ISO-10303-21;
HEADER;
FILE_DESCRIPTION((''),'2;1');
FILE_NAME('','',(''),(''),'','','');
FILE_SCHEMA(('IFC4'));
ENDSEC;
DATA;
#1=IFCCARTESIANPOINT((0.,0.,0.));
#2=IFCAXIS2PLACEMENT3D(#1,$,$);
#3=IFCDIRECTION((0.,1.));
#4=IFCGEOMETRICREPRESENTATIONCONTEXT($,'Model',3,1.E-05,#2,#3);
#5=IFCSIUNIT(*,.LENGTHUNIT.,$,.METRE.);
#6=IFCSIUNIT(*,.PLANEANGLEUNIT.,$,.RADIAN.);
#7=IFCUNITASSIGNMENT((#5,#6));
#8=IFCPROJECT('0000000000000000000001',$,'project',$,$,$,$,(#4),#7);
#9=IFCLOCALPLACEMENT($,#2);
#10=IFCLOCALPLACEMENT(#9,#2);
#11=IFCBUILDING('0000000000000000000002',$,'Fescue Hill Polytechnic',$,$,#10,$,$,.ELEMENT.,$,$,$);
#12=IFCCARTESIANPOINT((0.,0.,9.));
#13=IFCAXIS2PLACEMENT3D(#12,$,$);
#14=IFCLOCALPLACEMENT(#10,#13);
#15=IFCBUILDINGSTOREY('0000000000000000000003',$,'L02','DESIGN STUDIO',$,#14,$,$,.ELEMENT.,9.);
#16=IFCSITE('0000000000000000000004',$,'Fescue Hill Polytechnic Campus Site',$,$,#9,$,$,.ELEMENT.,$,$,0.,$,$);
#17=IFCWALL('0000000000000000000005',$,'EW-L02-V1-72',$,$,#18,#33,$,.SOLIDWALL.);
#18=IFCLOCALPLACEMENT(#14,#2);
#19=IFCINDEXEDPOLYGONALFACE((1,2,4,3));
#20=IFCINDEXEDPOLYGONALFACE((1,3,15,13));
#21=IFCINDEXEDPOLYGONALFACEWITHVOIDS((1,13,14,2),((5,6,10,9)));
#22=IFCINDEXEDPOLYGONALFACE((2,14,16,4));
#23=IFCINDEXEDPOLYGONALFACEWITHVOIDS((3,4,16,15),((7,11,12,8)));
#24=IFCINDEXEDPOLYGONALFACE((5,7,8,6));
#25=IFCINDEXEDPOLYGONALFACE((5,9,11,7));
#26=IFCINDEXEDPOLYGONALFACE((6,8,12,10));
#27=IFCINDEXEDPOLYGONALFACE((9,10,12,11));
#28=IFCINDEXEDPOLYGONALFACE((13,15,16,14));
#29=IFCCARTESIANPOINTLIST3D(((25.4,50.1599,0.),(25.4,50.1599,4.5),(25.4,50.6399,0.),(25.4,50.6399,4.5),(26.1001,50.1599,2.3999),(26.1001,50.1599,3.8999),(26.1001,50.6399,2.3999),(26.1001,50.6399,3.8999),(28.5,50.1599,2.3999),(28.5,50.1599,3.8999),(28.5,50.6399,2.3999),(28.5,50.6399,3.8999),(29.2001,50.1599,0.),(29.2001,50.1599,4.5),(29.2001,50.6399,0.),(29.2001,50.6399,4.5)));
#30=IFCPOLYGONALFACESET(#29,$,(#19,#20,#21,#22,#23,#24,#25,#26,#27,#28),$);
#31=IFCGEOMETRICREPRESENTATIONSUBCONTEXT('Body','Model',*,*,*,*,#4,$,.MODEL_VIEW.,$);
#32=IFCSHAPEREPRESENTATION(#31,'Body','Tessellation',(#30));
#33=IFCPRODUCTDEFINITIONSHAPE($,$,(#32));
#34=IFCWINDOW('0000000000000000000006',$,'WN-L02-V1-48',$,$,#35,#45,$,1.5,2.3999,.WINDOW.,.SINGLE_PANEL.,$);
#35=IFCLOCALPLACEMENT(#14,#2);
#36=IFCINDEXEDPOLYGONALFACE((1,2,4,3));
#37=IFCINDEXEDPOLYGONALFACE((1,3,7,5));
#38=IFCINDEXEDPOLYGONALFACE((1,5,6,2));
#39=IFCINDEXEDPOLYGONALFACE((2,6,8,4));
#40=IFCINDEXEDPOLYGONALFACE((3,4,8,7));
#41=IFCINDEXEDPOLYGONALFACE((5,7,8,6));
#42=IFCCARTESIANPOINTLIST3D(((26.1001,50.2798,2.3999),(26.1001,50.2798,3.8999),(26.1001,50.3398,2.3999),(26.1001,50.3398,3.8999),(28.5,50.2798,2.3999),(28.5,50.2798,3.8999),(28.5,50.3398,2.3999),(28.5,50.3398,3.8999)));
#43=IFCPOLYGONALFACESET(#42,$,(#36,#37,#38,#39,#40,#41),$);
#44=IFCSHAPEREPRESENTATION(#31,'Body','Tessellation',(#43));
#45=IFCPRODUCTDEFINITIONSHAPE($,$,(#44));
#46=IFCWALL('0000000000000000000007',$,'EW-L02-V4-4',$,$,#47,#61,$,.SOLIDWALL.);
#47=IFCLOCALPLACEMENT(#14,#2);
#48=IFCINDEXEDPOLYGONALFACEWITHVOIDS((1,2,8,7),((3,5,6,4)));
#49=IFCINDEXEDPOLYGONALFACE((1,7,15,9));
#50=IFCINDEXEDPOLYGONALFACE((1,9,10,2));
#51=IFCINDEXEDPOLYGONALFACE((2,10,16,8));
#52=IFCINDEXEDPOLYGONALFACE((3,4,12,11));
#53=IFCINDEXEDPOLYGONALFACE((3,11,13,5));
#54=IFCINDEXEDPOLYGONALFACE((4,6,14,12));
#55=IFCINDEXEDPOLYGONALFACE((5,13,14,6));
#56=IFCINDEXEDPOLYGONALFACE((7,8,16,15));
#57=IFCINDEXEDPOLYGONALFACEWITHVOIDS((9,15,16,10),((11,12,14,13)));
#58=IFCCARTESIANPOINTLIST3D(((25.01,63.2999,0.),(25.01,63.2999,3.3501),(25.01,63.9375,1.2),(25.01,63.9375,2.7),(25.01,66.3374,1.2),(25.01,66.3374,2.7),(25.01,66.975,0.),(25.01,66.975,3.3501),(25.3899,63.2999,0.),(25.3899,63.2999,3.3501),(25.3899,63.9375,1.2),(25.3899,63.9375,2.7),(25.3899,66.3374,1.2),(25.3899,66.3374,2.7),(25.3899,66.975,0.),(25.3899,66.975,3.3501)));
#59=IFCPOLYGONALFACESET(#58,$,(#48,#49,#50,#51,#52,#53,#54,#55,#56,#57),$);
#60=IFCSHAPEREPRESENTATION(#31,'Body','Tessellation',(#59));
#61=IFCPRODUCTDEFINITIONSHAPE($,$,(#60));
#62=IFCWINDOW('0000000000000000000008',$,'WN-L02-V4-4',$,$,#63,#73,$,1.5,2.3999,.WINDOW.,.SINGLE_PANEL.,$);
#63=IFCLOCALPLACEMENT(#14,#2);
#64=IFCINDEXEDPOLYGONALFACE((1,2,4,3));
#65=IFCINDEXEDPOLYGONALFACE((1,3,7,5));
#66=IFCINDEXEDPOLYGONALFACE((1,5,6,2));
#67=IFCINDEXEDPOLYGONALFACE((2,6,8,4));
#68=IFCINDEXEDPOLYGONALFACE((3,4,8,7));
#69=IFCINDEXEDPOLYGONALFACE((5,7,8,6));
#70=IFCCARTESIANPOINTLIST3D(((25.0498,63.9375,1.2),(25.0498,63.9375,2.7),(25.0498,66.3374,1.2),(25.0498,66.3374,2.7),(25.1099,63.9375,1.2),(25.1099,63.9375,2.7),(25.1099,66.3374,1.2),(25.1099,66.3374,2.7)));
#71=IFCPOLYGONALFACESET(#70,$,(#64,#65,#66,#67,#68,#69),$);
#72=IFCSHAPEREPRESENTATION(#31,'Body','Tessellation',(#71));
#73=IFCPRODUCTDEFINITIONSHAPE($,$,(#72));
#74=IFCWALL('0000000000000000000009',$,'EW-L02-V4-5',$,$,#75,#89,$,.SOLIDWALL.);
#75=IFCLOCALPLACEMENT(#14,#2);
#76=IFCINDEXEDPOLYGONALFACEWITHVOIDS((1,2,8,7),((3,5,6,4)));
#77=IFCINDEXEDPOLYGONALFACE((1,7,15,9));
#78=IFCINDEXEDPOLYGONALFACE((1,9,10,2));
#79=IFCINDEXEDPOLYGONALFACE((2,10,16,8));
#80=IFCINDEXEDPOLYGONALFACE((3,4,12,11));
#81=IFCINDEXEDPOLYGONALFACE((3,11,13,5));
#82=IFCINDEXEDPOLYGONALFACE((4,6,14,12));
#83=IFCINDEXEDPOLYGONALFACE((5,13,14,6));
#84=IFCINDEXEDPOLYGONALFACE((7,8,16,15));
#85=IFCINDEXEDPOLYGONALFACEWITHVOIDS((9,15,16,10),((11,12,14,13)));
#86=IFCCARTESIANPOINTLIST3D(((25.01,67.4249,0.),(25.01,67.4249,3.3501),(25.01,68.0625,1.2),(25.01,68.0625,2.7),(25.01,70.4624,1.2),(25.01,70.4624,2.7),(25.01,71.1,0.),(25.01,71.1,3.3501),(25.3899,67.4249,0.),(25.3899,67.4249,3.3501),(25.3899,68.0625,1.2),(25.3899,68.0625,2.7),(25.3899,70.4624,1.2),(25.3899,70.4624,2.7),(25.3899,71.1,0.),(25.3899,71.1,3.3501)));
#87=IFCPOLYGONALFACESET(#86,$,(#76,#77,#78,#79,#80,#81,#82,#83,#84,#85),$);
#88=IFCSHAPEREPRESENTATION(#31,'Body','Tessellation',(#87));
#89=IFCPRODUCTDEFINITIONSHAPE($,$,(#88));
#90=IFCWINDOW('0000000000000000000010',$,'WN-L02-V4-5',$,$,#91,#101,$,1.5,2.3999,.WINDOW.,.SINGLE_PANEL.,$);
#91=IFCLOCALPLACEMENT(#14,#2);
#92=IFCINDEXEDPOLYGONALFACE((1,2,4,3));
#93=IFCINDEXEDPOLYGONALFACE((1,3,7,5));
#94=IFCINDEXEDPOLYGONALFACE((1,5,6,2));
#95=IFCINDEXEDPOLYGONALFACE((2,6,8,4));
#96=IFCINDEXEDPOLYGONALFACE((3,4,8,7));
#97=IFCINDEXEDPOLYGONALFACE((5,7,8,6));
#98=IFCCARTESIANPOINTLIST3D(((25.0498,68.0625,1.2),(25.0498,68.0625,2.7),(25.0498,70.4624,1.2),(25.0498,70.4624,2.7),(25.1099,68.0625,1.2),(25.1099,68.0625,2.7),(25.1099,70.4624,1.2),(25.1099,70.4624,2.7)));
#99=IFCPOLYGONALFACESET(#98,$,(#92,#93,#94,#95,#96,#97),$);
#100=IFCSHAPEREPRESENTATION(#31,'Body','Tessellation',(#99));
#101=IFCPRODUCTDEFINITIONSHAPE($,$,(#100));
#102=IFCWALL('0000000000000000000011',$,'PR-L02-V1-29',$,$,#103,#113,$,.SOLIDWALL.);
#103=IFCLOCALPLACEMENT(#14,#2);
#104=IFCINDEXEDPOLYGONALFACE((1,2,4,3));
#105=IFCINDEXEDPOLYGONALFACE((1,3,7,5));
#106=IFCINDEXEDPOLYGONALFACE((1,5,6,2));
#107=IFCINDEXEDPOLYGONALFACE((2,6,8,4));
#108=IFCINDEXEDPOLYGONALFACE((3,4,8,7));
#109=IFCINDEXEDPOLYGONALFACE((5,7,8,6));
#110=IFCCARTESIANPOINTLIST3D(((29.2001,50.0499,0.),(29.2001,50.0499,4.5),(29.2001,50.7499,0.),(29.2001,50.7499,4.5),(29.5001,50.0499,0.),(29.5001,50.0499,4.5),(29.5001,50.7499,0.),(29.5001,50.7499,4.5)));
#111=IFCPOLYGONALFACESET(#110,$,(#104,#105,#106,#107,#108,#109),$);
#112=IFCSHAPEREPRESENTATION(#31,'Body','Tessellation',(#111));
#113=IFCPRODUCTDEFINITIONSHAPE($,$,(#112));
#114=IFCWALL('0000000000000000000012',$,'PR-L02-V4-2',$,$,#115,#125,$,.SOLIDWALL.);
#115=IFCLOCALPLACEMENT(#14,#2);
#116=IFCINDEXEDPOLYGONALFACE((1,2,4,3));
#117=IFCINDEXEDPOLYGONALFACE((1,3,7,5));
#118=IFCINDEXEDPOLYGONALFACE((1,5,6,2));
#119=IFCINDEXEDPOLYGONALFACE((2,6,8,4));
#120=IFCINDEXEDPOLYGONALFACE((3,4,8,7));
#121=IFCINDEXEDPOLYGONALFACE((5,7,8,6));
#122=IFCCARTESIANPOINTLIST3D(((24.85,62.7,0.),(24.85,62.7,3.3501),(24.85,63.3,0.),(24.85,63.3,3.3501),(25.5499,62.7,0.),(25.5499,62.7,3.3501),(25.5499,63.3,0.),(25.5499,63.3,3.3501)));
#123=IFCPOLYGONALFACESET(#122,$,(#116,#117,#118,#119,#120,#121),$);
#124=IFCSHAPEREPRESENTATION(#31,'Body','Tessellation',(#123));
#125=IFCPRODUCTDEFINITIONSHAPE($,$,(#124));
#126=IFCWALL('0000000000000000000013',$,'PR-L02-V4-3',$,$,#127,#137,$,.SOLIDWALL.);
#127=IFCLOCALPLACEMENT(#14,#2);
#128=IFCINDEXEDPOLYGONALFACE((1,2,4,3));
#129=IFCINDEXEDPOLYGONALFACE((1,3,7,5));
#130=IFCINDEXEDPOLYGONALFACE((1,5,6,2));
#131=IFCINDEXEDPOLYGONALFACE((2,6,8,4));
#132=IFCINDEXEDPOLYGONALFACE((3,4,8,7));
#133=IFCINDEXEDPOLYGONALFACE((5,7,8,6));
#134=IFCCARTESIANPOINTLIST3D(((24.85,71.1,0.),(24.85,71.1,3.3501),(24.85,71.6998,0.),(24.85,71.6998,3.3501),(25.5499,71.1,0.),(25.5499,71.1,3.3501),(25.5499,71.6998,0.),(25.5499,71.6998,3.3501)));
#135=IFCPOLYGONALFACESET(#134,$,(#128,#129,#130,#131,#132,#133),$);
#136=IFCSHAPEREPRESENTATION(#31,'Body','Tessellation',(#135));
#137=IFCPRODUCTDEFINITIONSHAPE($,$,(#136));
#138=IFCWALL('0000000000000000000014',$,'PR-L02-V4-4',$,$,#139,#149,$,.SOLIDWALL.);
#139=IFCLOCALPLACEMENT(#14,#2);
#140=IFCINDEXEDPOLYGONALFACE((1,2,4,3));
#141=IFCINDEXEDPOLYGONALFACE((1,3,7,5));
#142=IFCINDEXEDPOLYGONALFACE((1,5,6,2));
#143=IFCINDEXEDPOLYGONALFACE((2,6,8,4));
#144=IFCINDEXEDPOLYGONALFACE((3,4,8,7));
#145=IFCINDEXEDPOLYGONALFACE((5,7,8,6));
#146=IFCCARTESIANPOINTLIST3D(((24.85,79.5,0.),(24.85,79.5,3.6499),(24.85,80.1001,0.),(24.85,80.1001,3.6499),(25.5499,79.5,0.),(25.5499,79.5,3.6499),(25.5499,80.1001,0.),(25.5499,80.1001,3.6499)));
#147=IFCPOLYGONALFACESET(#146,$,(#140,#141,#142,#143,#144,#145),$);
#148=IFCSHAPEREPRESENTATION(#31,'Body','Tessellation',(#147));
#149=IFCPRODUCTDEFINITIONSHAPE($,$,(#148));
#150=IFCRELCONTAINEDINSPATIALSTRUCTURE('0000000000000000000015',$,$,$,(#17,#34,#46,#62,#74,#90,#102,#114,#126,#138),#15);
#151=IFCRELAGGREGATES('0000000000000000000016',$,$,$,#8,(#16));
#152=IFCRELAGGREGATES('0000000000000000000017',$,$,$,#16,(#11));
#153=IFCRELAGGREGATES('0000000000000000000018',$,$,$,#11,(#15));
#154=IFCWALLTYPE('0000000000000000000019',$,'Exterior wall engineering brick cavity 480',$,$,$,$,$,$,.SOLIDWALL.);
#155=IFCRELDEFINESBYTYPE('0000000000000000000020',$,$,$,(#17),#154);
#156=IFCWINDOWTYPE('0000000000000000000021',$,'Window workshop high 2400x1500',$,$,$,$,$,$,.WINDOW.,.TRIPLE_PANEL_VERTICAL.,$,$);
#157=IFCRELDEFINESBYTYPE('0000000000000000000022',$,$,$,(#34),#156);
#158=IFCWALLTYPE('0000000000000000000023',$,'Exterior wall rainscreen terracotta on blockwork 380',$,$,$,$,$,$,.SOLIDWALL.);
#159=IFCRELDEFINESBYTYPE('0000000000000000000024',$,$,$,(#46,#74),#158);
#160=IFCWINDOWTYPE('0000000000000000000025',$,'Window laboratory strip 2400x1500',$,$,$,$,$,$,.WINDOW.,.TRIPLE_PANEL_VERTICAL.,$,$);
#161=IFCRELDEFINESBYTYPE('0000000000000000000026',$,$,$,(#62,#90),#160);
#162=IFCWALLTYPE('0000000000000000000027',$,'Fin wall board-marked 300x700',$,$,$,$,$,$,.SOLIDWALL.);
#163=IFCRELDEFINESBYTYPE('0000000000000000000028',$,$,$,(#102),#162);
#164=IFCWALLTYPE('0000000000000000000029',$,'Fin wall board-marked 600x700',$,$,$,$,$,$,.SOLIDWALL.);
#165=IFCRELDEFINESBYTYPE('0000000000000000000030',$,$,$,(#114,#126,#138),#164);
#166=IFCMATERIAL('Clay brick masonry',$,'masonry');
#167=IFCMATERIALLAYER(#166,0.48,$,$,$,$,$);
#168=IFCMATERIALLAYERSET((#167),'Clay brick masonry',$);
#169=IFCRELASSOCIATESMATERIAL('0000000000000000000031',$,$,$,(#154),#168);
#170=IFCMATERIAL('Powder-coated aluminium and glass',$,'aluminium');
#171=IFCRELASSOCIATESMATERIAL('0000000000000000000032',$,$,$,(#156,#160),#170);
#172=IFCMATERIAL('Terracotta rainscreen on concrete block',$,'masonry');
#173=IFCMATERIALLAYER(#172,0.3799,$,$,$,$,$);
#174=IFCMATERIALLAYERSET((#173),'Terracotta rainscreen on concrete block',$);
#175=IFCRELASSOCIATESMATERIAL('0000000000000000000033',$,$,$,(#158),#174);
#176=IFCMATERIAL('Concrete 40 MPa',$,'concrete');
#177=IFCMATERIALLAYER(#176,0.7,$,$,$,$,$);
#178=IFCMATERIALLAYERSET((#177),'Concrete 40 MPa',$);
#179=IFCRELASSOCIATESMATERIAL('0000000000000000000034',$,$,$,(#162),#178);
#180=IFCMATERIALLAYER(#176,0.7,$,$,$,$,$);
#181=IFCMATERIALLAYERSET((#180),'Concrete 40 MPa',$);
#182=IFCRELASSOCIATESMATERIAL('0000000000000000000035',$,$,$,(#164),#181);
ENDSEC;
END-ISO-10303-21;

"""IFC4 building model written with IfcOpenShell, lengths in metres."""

from ifc_helpers import new_model, si_unit, direction, frame, frame_2d, origin, place, context, subcontext, project, spatial, rectangle, extrude, material, layer, layer_set, type_object, element, fill, save


model = new_model("IFC4")

# Units and contexts
model_context = context("Model", 3, precision=1e-05, world=origin(), true_north=direction((0.0, 1.0)))
body_context = subcontext(model_context, "Body", "Model", "MODEL_VIEW")
ifc_project = project(units=[si_unit("LENGTHUNIT", "METRE"), si_unit("PLANEANGLEUNIT", "RADIAN")], contexts=[model_context])

# Site, building, storey
site_placement = place(None, origin())
site = spatial("IfcSite", under=ifc_project, at=site_placement, Name="Fescue Hill Polytechnic Campus Site", CompositionType="ELEMENT", RefElevation=0.0)
building_placement = place(site_placement, origin())
building = spatial("IfcBuilding", under=site, at=building_placement, Name="Fescue Hill Polytechnic", CompositionType="ELEMENT")
storey_placement = place(building_placement, frame((0.0, 0.0, 9.0)))
storey = spatial("IfcBuildingStorey", under=building, at=storey_placement, Name="L02", Description="DESIGN STUDIO", CompositionType="ELEMENT", Elevation=9.0)

# Shared definitions
ifc_material_1 = material(Name="Concrete 40 MPa", Category="concrete")

# Walls, openings, windows
ifc_material_2 = material(Name="Clay brick masonry", Category="masonry")
ifc_layer_1 = layer(ifc_material_2, 0.48)
ifc_layer_set_1 = layer_set([ifc_layer_1], Name="Clay brick masonry")
wall_type_1 = type_object("IfcWallType", Name="Exterior wall engineering brick cavity 480", PredefinedType="SOLIDWALL", material=ifc_layer_set_1)
ifc_material_3 = material(Name="Powder-coated aluminium and glass", Category="aluminium")
window_type_1 = type_object("IfcWindowType", Name="Window workshop high 2400x1500", PartitioningType="TRIPLE_PANEL_VERTICAL", PredefinedType="WINDOW", material=ifc_material_3)
wall_1_placement = place(storey_placement, frame((29.2, 50.3999, 0.0), z_axis=(0.0, 0.0, 1.0), x_axis=(-1.0, 0.0, 0.0)))
wall_1 = element("IfcWall", 1, at=wall_1_placement, inside=storey, type_object=wall_type_1, Name="EW-L02-V1-72", PredefinedType="SOLIDWALL", context=body_context, shape_type="SweptSolid", body=[
    extrude(rectangle(XDim=3.8, YDim=0.48, at=frame_2d((1.8999, 0.0))), origin(), (0.0, 0.0, 1.0), 4.5),
])
opening_1_placement = place(wall_1_placement, frame((0.7, 0.0, 2.3999)))
opening_1 = element("IfcOpeningElement", 2, at=opening_1_placement, cuts=wall_1, PredefinedType="OPENING", context=body_context, shape_type="SweptSolid", body=[
    extrude(rectangle(XDim=2.3999, YDim=1.5, at=frame_2d((1.2, 0.75))), frame((0.0, 0.25, 0.0), z_axis=(0.0, -1.0, 0.0), x_axis=(1.0, 0.0, 0.0)), (0.0, 0.0, 1.0), 0.5),
])
window_1_placement = place(opening_1_placement, origin())
window_1 = element("IfcWindow", 3, at=window_1_placement, inside=storey, type_object=window_type_1, Name="WN-L02-V1-48", OverallHeight=1.5, OverallWidth=2.3999, PartitioningType="SINGLE_PANEL", PredefinedType="WINDOW", context=body_context, shape_type="SweptSolid", body=[
    extrude(rectangle(XDim=2.3999, YDim=1.5, at=frame_2d((1.2, 0.75))), frame((0.0, 0.1201, 0.0), z_axis=(0.0, -1.0, 0.0), x_axis=(1.0, 0.0, 0.0)), (0.0, 0.0, 1.0), 0.0601),
])
fill(opening_1, window_1)
ifc_material_4 = material(Name="Terracotta rainscreen on concrete block", Category="masonry")
ifc_layer_2 = layer(ifc_material_4, 0.3799)
ifc_layer_set_2 = layer_set([ifc_layer_2], Name="Terracotta rainscreen on concrete block")
wall_type_2 = type_object("IfcWallType", Name="Exterior wall rainscreen terracotta on blockwork 380", PredefinedType="SOLIDWALL", material=ifc_layer_set_2)
wall_2_placement = place(storey_placement, frame((25.2, 63.3, 0.0), z_axis=(0.0, 0.0, 1.0), x_axis=(0.0, 1.0, 0.0)))
wall_2 = element("IfcWall", 4, at=wall_2_placement, inside=storey, type_object=wall_type_2, Name="EW-L02-V4-4", PredefinedType="SOLIDWALL", context=body_context, shape_type="SweptSolid", body=[
    extrude(rectangle(XDim=3.675, YDim=0.3799, at=frame_2d((1.8374, 0.0))), origin(), (0.0, 0.0, 1.0), 3.3501),
])
opening_2_placement = place(wall_2_placement, frame((0.6375, 0.0, 1.2)))
opening_2 = element("IfcOpeningElement", 5, at=opening_2_placement, cuts=wall_2, PredefinedType="OPENING", context=body_context, shape_type="SweptSolid", body=[
    extrude(rectangle(XDim=2.3999, YDim=1.5, at=frame_2d((1.2, 0.75))), frame((0.0, 0.2, 0.0), z_axis=(0.0, -1.0, 0.0), x_axis=(1.0, 0.0, 0.0)), (0.0, 0.0, 1.0), 0.3999),
])
window_type_2 = type_object("IfcWindowType", Name="Window laboratory strip 2400x1500", PartitioningType="TRIPLE_PANEL_VERTICAL", PredefinedType="WINDOW", material=ifc_material_3)
window_2_placement = place(opening_2_placement, origin())
window_2 = element("IfcWindow", 6, at=window_2_placement, inside=storey, type_object=window_type_2, Name="WN-L02-V4-4", OverallHeight=1.5, OverallWidth=2.3999, PartitioningType="SINGLE_PANEL", PredefinedType="WINDOW", context=body_context, shape_type="SweptSolid", body=[
    extrude(rectangle(XDim=2.3999, YDim=1.5, at=frame_2d((1.2, 0.75))), frame((0.0, 0.1501, 0.0), z_axis=(0.0, -1.0, 0.0), x_axis=(1.0, 0.0, 0.0)), (0.0, 0.0, 1.0), 0.0601),
])
fill(opening_2, window_2)
wall_3_placement = place(storey_placement, frame((25.2, 67.425, 0.0), z_axis=(0.0, 0.0, 1.0), x_axis=(0.0, 1.0, 0.0)))
wall_3 = element("IfcWall", 7, at=wall_3_placement, inside=storey, type_object=wall_type_2, Name="EW-L02-V4-5", PredefinedType="SOLIDWALL", context=body_context, shape_type="SweptSolid", body=[
    extrude(rectangle(XDim=3.675, YDim=0.3799, at=frame_2d((1.8374, 0.0))), origin(), (0.0, 0.0, 1.0), 3.3501),
])
opening_3_placement = place(wall_3_placement, frame((0.6375, 0.0, 1.2)))
opening_3 = element("IfcOpeningElement", 8, at=opening_3_placement, cuts=wall_3, PredefinedType="OPENING", context=body_context, shape_type="SweptSolid", body=[
    extrude(rectangle(XDim=2.3999, YDim=1.5, at=frame_2d((1.2, 0.75))), frame((0.0, 0.2, 0.0), z_axis=(0.0, -1.0, 0.0), x_axis=(1.0, 0.0, 0.0)), (0.0, 0.0, 1.0), 0.3999),
])
window_3_placement = place(opening_3_placement, origin())
window_3 = element("IfcWindow", 9, at=window_3_placement, inside=storey, type_object=window_type_2, Name="WN-L02-V4-5", OverallHeight=1.5, OverallWidth=2.3999, PartitioningType="SINGLE_PANEL", PredefinedType="WINDOW", context=body_context, shape_type="SweptSolid", body=[
    extrude(rectangle(XDim=2.3999, YDim=1.5, at=frame_2d((1.2, 0.75))), frame((0.0, 0.1501, 0.0), z_axis=(0.0, -1.0, 0.0), x_axis=(1.0, 0.0, 0.0)), (0.0, 0.0, 1.0), 0.0601),
])
fill(opening_3, window_3)

# Walls
ifc_layer_3 = layer(ifc_material_1, 0.7)
ifc_layer_set_3 = layer_set([ifc_layer_3], Name="Concrete 40 MPa")
wall_type_3 = type_object("IfcWallType", Name="Fin wall board-marked 300x700", PredefinedType="SOLIDWALL", material=ifc_layer_set_3)
wall_4_placement = place(storey_placement, frame((29.5, 50.3999, 0.0), z_axis=(0.0, 0.0, 1.0), x_axis=(-1.0, 0.0, 0.0)))
element("IfcWall", 10, at=wall_4_placement, inside=storey, type_object=wall_type_3, Name="PR-L02-V1-29", PredefinedType="SOLIDWALL", context=body_context, shape_type="SweptSolid", body=[
    extrude(rectangle(XDim=0.3, YDim=0.7, at=frame_2d((0.1499, 0.0))), origin(), (0.0, 0.0, 1.0), 4.5),
])
ifc_layer_4 = layer(ifc_material_1, 0.7)
ifc_layer_set_4 = layer_set([ifc_layer_4], Name="Concrete 40 MPa")
wall_type_4 = type_object("IfcWallType", Name="Fin wall board-marked 600x700", PredefinedType="SOLIDWALL", material=ifc_layer_set_4)
wall_5_placement = place(storey_placement, frame((25.2, 62.7, 0.0), z_axis=(0.0, 0.0, 1.0), x_axis=(0.0, 1.0, 0.0)))
element("IfcWall", 11, at=wall_5_placement, inside=storey, type_object=wall_type_4, Name="PR-L02-V4-2", PredefinedType="SOLIDWALL", context=body_context, shape_type="SweptSolid", body=[
    extrude(rectangle(XDim=0.6001, YDim=0.7, at=frame_2d((0.3, 0.0))), origin(), (0.0, 0.0, 1.0), 3.3501),
])
wall_6_placement = place(storey_placement, frame((25.2, 71.1001, 0.0), z_axis=(0.0, 0.0, 1.0), x_axis=(0.0, 1.0, 0.0)))
element("IfcWall", 12, at=wall_6_placement, inside=storey, type_object=wall_type_4, Name="PR-L02-V4-3", PredefinedType="SOLIDWALL", context=body_context, shape_type="SweptSolid", body=[
    extrude(rectangle(XDim=0.5999, YDim=0.7, at=frame_2d((0.2998, 0.0))), origin(), (0.0, 0.0, 1.0), 3.3501),
])
wall_7_placement = place(storey_placement, frame((25.2, 79.5, 0.0), z_axis=(0.0, 0.0, 1.0), x_axis=(0.0, 1.0, 0.0)))
element("IfcWall", 13, at=wall_7_placement, inside=storey, type_object=wall_type_4, Name="PR-L02-V4-4", PredefinedType="SOLIDWALL", context=body_context, shape_type="SweptSolid", body=[
    extrude(rectangle(XDim=0.6001, YDim=0.7, at=frame_2d((0.3, 0.0))), origin(), (0.0, 0.0, 1.0), 3.6499),
])

save(model, "model.ifc")
